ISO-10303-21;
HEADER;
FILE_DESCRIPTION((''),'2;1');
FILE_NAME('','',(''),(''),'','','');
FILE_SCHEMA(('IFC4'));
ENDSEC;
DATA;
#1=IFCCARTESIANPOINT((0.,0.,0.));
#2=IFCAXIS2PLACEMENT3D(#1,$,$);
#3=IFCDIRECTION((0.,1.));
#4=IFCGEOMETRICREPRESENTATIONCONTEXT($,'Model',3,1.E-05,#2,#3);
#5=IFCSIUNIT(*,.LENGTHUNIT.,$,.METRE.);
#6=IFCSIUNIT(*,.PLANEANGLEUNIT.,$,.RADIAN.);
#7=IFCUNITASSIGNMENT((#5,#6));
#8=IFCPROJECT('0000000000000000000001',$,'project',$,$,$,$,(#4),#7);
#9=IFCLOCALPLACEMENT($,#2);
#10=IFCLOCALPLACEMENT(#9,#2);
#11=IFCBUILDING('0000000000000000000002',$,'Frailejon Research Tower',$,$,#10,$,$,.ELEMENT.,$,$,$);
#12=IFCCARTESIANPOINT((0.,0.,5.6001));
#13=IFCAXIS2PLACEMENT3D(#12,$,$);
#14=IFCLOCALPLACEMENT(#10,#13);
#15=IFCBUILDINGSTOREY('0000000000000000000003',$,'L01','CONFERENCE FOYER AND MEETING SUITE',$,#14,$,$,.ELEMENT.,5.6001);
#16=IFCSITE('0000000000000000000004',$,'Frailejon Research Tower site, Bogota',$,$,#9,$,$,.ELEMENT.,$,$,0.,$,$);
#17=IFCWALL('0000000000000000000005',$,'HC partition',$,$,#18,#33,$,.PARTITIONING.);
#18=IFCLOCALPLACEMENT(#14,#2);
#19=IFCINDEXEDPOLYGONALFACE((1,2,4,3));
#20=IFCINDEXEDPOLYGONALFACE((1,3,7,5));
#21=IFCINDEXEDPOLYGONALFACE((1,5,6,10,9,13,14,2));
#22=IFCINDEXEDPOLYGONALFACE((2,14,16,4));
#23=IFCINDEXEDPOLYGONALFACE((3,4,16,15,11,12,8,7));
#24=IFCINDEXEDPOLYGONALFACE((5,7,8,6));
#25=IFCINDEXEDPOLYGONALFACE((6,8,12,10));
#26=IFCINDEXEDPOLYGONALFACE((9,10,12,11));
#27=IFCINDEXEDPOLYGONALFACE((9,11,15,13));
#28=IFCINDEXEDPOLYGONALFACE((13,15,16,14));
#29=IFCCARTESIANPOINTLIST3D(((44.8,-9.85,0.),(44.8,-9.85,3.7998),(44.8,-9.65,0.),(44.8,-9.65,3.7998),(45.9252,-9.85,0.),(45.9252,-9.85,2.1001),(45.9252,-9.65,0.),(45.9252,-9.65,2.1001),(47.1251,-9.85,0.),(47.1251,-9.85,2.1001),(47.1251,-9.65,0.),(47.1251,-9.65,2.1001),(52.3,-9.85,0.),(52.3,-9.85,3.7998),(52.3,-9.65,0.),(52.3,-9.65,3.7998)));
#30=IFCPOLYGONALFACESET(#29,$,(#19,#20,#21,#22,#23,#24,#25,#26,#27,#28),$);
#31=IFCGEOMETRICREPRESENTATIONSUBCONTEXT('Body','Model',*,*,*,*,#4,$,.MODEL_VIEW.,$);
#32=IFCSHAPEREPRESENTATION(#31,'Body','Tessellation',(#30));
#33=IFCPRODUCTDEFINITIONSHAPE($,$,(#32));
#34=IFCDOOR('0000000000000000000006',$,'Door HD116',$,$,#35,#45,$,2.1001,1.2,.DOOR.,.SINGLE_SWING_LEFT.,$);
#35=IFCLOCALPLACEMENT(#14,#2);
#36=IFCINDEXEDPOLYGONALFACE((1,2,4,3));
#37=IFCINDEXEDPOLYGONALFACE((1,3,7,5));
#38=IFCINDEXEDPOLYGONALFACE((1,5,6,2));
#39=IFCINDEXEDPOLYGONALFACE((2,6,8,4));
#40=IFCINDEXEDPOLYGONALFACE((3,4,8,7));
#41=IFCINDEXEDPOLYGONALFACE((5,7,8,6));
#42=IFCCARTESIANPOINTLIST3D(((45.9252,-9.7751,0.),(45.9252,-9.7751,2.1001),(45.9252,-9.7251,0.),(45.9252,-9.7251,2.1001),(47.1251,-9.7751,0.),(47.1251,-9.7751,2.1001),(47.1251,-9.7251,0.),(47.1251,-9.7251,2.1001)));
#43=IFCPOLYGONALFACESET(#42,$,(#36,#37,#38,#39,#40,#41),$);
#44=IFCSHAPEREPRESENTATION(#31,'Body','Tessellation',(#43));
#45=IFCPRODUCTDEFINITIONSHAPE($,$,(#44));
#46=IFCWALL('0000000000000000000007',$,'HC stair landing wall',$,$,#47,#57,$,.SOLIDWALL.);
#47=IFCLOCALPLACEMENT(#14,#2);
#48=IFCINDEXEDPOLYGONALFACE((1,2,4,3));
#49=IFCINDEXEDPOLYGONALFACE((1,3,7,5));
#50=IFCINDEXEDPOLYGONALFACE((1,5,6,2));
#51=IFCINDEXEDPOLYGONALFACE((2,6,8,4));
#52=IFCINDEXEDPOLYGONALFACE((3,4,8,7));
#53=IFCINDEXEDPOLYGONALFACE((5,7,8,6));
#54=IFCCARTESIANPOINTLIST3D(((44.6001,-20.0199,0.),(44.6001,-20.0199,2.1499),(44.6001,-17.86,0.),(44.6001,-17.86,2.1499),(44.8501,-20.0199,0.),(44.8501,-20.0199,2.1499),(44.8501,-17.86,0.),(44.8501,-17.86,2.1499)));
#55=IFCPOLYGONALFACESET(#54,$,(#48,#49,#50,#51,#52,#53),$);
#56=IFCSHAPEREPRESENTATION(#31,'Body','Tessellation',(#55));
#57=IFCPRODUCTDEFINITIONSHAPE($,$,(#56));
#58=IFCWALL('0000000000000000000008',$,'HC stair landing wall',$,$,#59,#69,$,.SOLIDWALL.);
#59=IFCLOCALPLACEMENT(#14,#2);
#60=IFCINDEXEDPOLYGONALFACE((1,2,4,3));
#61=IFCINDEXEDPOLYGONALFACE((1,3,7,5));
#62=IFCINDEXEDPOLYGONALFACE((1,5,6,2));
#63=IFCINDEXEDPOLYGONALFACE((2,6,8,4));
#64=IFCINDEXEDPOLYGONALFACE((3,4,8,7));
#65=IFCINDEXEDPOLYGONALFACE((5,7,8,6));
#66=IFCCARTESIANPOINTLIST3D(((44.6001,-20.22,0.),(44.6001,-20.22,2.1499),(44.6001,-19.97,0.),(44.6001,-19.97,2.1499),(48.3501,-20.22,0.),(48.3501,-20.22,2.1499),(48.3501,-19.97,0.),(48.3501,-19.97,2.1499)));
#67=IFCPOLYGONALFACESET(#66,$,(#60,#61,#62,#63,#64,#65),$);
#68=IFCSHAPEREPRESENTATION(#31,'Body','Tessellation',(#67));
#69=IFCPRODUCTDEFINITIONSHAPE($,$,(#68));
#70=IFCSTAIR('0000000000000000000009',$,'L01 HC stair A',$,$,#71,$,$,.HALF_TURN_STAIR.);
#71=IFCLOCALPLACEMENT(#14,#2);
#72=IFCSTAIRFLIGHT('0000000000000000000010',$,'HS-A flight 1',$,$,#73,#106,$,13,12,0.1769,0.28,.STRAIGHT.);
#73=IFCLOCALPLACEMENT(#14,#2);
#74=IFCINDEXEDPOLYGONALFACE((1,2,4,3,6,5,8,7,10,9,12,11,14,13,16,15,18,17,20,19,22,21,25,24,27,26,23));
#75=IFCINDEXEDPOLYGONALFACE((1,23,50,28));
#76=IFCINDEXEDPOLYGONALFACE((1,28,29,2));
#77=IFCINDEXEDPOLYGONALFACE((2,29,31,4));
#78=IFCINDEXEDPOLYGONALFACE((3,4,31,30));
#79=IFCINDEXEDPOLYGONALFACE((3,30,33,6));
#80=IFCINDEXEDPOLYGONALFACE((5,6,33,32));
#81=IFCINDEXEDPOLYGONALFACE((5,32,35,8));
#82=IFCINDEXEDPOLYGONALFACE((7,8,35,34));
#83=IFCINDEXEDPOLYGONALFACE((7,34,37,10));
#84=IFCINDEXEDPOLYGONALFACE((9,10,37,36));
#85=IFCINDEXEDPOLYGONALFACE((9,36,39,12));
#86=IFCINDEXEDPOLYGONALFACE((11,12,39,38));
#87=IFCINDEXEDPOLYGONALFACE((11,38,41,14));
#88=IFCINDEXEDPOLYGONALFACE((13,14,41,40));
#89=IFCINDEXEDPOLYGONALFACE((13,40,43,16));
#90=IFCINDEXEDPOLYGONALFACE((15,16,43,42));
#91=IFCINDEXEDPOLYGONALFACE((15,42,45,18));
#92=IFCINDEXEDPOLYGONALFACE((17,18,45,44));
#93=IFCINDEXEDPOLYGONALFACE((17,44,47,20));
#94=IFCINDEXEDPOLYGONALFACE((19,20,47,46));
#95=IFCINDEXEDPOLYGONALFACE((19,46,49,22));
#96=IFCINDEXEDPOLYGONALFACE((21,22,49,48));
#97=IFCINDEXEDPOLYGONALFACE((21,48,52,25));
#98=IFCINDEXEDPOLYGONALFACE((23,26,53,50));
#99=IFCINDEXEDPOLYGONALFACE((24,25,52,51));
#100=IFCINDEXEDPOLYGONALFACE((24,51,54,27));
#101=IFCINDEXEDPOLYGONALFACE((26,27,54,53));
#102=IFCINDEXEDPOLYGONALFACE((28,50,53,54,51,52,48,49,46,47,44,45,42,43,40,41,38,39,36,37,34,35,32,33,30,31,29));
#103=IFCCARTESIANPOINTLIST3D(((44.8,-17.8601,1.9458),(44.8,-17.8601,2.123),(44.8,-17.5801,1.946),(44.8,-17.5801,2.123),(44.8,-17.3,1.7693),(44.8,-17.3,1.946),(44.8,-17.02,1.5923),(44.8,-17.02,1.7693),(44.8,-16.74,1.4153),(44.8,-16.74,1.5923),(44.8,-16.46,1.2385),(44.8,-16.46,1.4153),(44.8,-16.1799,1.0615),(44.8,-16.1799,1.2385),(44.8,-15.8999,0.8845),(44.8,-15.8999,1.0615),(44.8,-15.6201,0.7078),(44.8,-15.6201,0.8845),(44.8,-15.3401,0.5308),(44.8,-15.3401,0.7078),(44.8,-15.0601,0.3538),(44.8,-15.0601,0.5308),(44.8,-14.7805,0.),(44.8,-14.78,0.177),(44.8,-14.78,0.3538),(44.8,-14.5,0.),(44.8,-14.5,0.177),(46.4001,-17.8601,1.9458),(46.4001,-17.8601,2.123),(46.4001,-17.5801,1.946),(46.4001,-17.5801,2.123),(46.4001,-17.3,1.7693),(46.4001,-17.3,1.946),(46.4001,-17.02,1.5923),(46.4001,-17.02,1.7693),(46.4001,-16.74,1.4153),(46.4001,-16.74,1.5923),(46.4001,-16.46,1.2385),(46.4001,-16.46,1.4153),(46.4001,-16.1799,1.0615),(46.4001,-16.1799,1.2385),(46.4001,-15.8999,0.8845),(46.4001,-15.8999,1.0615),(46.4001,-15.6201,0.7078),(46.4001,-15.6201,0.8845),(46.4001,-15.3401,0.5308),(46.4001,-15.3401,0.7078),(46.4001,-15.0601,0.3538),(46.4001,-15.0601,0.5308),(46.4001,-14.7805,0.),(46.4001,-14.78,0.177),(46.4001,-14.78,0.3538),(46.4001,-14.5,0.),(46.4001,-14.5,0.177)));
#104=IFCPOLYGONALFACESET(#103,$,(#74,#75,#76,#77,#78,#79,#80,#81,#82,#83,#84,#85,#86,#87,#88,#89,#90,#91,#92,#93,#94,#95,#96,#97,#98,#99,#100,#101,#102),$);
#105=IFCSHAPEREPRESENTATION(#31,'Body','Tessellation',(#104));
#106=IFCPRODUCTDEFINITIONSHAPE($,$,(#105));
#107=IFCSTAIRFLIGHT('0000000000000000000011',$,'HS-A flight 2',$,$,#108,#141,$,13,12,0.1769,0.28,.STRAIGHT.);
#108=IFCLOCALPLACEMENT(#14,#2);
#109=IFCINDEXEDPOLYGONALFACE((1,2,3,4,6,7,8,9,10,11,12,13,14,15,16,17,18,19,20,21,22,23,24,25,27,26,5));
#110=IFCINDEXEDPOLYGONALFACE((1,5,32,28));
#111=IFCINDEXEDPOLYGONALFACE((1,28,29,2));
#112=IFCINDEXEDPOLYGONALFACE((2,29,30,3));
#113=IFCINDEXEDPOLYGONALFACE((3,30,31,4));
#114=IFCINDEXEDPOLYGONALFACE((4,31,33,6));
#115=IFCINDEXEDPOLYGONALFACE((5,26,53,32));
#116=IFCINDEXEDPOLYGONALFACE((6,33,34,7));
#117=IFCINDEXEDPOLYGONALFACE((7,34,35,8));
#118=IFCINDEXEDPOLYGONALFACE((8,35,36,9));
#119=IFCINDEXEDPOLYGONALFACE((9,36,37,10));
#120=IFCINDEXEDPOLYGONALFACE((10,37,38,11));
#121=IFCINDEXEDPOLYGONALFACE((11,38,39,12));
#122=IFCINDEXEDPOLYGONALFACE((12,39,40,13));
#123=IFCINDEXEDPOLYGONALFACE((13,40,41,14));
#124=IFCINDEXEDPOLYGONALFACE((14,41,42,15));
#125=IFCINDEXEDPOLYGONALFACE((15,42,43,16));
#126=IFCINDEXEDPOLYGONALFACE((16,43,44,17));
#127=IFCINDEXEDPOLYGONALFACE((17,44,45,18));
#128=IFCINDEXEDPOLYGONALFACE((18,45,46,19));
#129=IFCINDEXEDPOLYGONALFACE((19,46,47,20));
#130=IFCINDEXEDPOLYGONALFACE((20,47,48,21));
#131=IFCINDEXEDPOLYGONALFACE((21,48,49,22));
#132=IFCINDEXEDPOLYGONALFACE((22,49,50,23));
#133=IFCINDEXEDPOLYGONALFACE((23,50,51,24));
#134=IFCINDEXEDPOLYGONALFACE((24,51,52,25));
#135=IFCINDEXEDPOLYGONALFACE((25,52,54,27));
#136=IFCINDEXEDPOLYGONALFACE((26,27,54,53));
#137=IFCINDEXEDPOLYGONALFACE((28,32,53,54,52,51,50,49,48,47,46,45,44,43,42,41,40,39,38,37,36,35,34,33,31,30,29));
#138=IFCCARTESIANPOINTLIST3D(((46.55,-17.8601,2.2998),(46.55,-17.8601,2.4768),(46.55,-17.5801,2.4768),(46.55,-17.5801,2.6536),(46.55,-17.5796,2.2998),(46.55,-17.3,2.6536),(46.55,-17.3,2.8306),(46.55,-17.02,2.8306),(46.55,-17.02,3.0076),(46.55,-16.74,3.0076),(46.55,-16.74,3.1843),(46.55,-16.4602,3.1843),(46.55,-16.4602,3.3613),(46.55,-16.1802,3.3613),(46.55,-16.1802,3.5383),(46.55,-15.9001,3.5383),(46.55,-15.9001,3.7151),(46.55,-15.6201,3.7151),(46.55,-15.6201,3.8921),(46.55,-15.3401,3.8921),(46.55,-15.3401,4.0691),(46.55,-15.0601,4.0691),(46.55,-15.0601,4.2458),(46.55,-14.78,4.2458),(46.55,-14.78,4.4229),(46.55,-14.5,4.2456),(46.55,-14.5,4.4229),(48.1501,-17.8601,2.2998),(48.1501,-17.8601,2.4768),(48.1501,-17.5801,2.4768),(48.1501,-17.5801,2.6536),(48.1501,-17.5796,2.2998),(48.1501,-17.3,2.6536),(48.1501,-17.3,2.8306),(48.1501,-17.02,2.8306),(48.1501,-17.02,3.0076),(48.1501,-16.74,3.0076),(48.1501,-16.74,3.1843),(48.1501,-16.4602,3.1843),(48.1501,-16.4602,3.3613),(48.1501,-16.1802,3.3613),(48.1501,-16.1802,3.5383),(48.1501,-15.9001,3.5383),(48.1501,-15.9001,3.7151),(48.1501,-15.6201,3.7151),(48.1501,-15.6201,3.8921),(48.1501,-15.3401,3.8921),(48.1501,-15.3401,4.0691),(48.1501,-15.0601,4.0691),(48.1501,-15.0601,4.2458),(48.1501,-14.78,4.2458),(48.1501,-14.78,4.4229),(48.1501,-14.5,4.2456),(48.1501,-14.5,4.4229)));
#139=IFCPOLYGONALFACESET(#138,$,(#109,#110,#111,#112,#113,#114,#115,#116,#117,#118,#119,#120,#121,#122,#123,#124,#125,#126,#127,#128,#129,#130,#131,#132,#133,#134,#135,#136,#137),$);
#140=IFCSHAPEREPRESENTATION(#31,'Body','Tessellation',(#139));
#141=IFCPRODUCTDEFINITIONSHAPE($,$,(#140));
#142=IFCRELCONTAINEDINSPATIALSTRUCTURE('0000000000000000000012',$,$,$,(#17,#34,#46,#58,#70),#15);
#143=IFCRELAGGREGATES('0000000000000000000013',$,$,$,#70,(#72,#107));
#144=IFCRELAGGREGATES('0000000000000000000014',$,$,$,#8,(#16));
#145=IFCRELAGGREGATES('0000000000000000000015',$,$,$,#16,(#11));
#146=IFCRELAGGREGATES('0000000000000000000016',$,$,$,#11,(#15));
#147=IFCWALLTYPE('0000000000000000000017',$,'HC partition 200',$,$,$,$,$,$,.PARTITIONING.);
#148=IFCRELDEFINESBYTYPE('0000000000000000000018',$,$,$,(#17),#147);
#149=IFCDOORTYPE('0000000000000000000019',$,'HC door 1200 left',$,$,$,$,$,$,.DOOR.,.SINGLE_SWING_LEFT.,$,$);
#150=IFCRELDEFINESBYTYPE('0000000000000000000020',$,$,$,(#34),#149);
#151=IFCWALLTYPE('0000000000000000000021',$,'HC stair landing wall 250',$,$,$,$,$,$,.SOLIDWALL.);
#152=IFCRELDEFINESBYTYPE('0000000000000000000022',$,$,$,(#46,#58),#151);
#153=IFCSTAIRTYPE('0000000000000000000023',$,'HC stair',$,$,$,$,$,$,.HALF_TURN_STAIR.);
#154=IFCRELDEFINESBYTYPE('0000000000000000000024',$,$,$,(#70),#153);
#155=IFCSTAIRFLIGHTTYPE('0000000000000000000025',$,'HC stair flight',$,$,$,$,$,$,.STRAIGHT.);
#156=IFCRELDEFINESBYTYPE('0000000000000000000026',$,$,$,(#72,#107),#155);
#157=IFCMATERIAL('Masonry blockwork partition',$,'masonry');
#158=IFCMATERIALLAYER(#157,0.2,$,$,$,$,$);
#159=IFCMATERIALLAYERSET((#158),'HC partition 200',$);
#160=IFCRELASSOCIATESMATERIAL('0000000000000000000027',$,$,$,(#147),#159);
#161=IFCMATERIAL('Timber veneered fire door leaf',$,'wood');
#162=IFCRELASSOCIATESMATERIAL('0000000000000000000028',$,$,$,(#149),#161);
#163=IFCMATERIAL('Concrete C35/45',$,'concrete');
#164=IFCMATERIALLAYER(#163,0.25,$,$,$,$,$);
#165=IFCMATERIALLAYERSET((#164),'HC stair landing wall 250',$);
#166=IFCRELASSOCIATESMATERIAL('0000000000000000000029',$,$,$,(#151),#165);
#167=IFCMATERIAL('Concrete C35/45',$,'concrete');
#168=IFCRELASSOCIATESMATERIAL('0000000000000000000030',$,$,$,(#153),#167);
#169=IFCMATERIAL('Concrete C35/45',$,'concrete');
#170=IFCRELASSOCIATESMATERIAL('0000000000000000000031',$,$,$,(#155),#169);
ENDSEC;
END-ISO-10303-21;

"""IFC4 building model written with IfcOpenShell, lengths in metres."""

from ifc_helpers import new_model, si_unit, direction, frame, frame_2d, origin, place, context, subcontext, project, spatial, polyline, rectangle, outline, extrude, material, layer, layer_set, type_object, element, fill, aggregate, save


model = new_model("IFC4")

# Units and contexts
model_context = context("Model", 3, precision=1e-05, world=origin(), true_north=direction((0.0, 1.0)))
body_context = subcontext(model_context, "Body", "Model", "MODEL_VIEW")
ifc_project = project(units=[si_unit("LENGTHUNIT", "METRE"), si_unit("PLANEANGLEUNIT", "RADIAN")], contexts=[model_context])

# Site, building, storey
site_placement = place(None, origin())
site = spatial("IfcSite", under=ifc_project, at=site_placement, Name="Frailejon Research Tower site, Bogota", CompositionType="ELEMENT", RefElevation=0.0)
building_placement = place(site_placement, origin())
building = spatial("IfcBuilding", under=site, at=building_placement, Name="Frailejon Research Tower", CompositionType="ELEMENT")
storey_placement = place(building_placement, frame((0.0, 0.0, 5.6001)))
storey = spatial("IfcBuildingStorey", under=building, at=storey_placement, Name="L01", Description="CONFERENCE FOYER AND MEETING SUITE", CompositionType="ELEMENT", Elevation=5.6001)

# Wall, opening, door
ifc_material_1 = material(Name="Masonry blockwork partition", Category="masonry")
ifc_layer_1 = layer(ifc_material_1, 0.2)
ifc_layer_set_1 = layer_set([ifc_layer_1], Name="HC partition 200")
wall_type_1 = type_object("IfcWallType", Name="HC partition 200", PredefinedType="PARTITIONING", material=ifc_layer_set_1)
wall_1_placement = place(storey_placement, frame((44.8, -9.75, 0.0), z_axis=(0.0, 0.0, 1.0), x_axis=(1.0, 0.0, 0.0)))
wall_1 = element("IfcWall", 1, at=wall_1_placement, inside=storey, type_object=wall_type_1, Name="HC partition", PredefinedType="PARTITIONING", context=body_context, shape_type="SweptSolid", body=[
    extrude(rectangle(XDim=7.5, YDim=0.2, at=frame_2d((3.75, 0.0))), origin(), (0.0, 0.0, 1.0), 3.7998),
])
opening_1_placement = place(wall_1_placement, frame((1.125, 0.0, 0.0)))
opening_1 = element("IfcOpeningElement", 2, at=opening_1_placement, cuts=wall_1, PredefinedType="OPENING", context=body_context, shape_type="SweptSolid", body=[
    extrude(rectangle(XDim=1.2, YDim=2.1001, at=frame_2d((0.6001, 1.05))), frame((0.0, 0.1099, 0.0), z_axis=(0.0, -1.0, 0.0), x_axis=(1.0, 0.0, 0.0)), (0.0, 0.0, 1.0), 0.22),
])
ifc_material_2 = material(Name="Timber veneered fire door leaf", Category="wood")
door_type_1 = type_object("IfcDoorType", Name="HC door 1200 left", OperationType="SINGLE_SWING_LEFT", PredefinedType="DOOR", material=ifc_material_2)
door_1_placement = place(opening_1_placement, origin())
door_1 = element("IfcDoor", 3, at=door_1_placement, inside=storey, type_object=door_type_1, Name="Door HD116", OperationType="SINGLE_SWING_LEFT", OverallHeight=2.1001, OverallWidth=1.2, PredefinedType="DOOR", context=body_context, shape_type="SweptSolid", body=[
    extrude(rectangle(XDim=1.2, YDim=2.1001, at=frame_2d((0.6001, 1.05))), frame((0.0, 0.0249, 0.0), z_axis=(0.0, -1.0, 0.0), x_axis=(1.0, 0.0, 0.0)), (0.0, 0.0, 1.0), 0.05),
])
fill(opening_1, door_1)

# Walls
ifc_material_3 = material(Name="Concrete C35/45", Category="concrete")
ifc_layer_2 = layer(ifc_material_3, 0.25)
ifc_layer_set_2 = layer_set([ifc_layer_2], Name="HC stair landing wall 250")
wall_type_2 = type_object("IfcWallType", Name="HC stair landing wall 250", PredefinedType="SOLIDWALL", material=ifc_layer_set_2)
wall_2_placement = place(storey_placement, frame((44.7251, -20.02, 0.0), z_axis=(0.0, 0.0, 1.0), x_axis=(0.0, 1.0, 0.0)))
element("IfcWall", 4, at=wall_2_placement, inside=storey, type_object=wall_type_2, Name="HC stair landing wall", PredefinedType="SOLIDWALL", context=body_context, shape_type="SweptSolid", body=[
    extrude(rectangle(XDim=2.1599, YDim=0.25, at=frame_2d((1.0801, 0.0))), origin(), (0.0, 0.0, 1.0), 2.1499),
])
wall_3_placement = place(storey_placement, frame((44.6001, -20.095, 0.0), z_axis=(0.0, 0.0, 1.0), x_axis=(1.0, 0.0, 0.0)))
element("IfcWall", 5, at=wall_3_placement, inside=storey, type_object=wall_type_2, Name="HC stair landing wall", PredefinedType="SOLIDWALL", context=body_context, shape_type="SweptSolid", body=[
    extrude(rectangle(XDim=3.75, YDim=0.25, at=frame_2d((1.875, 0.0))), origin(), (0.0, 0.0, 1.0), 2.1499),
])

# Stair, stair flights
ifc_material_4 = material(Name="Concrete C35/45", Category="concrete")
stair_type = type_object("IfcStairType", Name="HC stair", PredefinedType="HALF_TURN_STAIR", material=ifc_material_4)
stair_placement = place(storey_placement, origin())
stair = element("IfcStair", 6, at=stair_placement, inside=storey, type_object=stair_type, Name="L01 HC stair A", PredefinedType="HALF_TURN_STAIR")
ifc_material_5 = material(Name="Concrete C35/45", Category="concrete")
stair_flight_type = type_object("IfcStairFlightType", Name="HC stair flight", PredefinedType="STRAIGHT", material=ifc_material_5)
stair_flight_1_placement = place(storey_placement, frame((45.6001, -14.5, 0.0), z_axis=(0.0, 0.0, 1.0), x_axis=(0.0, -1.0, 0.0)))
stair_flight_1 = element("IfcStairFlight", 7, at=stair_flight_1_placement, type_object=stair_flight_type, Name="HS-A flight 1", NumberOfRisers=13, NumberOfTreads=12, PredefinedType="STRAIGHT", RiserHeight=0.1769, TreadLength=0.28, context=body_context, shape_type="SweptSolid", body=[
    extrude(outline(polyline([(0.0, 0.0), (0.0, 0.177), (0.28, 0.177), (0.28, 0.3538), (0.5601, 0.3538), (0.5601, 0.5308), (0.8401, 0.5308), (0.8401, 0.7078), (1.1201, 0.7078), (1.1201, 0.8845), (1.3999, 0.8845), (1.3999, 1.0615), (1.6799, 1.0615), (1.6799, 1.2385), (1.96, 1.2385), (1.96, 1.4153), (2.24, 1.4153), (2.24, 1.5923), (2.52, 1.5923), (2.52, 1.7693), (2.8, 1.7693), (2.8, 1.946), (3.0801, 1.946), (3.0801, 2.123), (3.3601, 2.123), (3.3601, 2.3), (3.3601, 1.9458), (0.2805, 0.0), (0.0, 0.0)])), frame((0.0, 0.8, 0.0), z_axis=(0.0, -1.0, 0.0), x_axis=(1.0, 0.0, 0.0)), (0.0, 0.0, 1.0), 1.6001),
])
stair_flight_2_placement = place(storey_placement, frame((47.3501, -17.8601, 2.2998), z_axis=(0.0, 0.0, 1.0), x_axis=(0.0, 1.0, 0.0)))
stair_flight_2 = element("IfcStairFlight", 8, at=stair_flight_2_placement, type_object=stair_flight_type, Name="HS-A flight 2", NumberOfRisers=13, NumberOfTreads=12, PredefinedType="STRAIGHT", RiserHeight=0.1769, TreadLength=0.28, context=body_context, shape_type="SweptSolid", body=[
    extrude(outline(polyline([(0.0, 0.0), (0.0, 0.177), (0.28, 0.177), (0.28, 0.3538), (0.5601, 0.3538), (0.5601, 0.5308), (0.8401, 0.5308), (0.8401, 0.7078), (1.1201, 0.7078), (1.1201, 0.8845), (1.3999, 0.8845), (1.3999, 1.0615), (1.6799, 1.0615), (1.6799, 1.2385), (1.96, 1.2385), (1.96, 1.4153), (2.24, 1.4153), (2.24, 1.5923), (2.52, 1.5923), (2.52, 1.7693), (2.8, 1.7693), (2.8, 1.946), (3.0801, 1.946), (3.0801, 2.123), (3.3601, 2.123), (3.3601, 2.3), (3.3601, 1.9458), (0.2805, 0.0), (0.0, 0.0)])), frame((0.0, 0.8, 0.0), z_axis=(0.0, -1.0, 0.0), x_axis=(1.0, 0.0, 0.0)), (0.0, 0.0, 1.0), 1.6001),
])
aggregate(stair, [stair_flight_1, stair_flight_2])

save(model, "model.ifc")
